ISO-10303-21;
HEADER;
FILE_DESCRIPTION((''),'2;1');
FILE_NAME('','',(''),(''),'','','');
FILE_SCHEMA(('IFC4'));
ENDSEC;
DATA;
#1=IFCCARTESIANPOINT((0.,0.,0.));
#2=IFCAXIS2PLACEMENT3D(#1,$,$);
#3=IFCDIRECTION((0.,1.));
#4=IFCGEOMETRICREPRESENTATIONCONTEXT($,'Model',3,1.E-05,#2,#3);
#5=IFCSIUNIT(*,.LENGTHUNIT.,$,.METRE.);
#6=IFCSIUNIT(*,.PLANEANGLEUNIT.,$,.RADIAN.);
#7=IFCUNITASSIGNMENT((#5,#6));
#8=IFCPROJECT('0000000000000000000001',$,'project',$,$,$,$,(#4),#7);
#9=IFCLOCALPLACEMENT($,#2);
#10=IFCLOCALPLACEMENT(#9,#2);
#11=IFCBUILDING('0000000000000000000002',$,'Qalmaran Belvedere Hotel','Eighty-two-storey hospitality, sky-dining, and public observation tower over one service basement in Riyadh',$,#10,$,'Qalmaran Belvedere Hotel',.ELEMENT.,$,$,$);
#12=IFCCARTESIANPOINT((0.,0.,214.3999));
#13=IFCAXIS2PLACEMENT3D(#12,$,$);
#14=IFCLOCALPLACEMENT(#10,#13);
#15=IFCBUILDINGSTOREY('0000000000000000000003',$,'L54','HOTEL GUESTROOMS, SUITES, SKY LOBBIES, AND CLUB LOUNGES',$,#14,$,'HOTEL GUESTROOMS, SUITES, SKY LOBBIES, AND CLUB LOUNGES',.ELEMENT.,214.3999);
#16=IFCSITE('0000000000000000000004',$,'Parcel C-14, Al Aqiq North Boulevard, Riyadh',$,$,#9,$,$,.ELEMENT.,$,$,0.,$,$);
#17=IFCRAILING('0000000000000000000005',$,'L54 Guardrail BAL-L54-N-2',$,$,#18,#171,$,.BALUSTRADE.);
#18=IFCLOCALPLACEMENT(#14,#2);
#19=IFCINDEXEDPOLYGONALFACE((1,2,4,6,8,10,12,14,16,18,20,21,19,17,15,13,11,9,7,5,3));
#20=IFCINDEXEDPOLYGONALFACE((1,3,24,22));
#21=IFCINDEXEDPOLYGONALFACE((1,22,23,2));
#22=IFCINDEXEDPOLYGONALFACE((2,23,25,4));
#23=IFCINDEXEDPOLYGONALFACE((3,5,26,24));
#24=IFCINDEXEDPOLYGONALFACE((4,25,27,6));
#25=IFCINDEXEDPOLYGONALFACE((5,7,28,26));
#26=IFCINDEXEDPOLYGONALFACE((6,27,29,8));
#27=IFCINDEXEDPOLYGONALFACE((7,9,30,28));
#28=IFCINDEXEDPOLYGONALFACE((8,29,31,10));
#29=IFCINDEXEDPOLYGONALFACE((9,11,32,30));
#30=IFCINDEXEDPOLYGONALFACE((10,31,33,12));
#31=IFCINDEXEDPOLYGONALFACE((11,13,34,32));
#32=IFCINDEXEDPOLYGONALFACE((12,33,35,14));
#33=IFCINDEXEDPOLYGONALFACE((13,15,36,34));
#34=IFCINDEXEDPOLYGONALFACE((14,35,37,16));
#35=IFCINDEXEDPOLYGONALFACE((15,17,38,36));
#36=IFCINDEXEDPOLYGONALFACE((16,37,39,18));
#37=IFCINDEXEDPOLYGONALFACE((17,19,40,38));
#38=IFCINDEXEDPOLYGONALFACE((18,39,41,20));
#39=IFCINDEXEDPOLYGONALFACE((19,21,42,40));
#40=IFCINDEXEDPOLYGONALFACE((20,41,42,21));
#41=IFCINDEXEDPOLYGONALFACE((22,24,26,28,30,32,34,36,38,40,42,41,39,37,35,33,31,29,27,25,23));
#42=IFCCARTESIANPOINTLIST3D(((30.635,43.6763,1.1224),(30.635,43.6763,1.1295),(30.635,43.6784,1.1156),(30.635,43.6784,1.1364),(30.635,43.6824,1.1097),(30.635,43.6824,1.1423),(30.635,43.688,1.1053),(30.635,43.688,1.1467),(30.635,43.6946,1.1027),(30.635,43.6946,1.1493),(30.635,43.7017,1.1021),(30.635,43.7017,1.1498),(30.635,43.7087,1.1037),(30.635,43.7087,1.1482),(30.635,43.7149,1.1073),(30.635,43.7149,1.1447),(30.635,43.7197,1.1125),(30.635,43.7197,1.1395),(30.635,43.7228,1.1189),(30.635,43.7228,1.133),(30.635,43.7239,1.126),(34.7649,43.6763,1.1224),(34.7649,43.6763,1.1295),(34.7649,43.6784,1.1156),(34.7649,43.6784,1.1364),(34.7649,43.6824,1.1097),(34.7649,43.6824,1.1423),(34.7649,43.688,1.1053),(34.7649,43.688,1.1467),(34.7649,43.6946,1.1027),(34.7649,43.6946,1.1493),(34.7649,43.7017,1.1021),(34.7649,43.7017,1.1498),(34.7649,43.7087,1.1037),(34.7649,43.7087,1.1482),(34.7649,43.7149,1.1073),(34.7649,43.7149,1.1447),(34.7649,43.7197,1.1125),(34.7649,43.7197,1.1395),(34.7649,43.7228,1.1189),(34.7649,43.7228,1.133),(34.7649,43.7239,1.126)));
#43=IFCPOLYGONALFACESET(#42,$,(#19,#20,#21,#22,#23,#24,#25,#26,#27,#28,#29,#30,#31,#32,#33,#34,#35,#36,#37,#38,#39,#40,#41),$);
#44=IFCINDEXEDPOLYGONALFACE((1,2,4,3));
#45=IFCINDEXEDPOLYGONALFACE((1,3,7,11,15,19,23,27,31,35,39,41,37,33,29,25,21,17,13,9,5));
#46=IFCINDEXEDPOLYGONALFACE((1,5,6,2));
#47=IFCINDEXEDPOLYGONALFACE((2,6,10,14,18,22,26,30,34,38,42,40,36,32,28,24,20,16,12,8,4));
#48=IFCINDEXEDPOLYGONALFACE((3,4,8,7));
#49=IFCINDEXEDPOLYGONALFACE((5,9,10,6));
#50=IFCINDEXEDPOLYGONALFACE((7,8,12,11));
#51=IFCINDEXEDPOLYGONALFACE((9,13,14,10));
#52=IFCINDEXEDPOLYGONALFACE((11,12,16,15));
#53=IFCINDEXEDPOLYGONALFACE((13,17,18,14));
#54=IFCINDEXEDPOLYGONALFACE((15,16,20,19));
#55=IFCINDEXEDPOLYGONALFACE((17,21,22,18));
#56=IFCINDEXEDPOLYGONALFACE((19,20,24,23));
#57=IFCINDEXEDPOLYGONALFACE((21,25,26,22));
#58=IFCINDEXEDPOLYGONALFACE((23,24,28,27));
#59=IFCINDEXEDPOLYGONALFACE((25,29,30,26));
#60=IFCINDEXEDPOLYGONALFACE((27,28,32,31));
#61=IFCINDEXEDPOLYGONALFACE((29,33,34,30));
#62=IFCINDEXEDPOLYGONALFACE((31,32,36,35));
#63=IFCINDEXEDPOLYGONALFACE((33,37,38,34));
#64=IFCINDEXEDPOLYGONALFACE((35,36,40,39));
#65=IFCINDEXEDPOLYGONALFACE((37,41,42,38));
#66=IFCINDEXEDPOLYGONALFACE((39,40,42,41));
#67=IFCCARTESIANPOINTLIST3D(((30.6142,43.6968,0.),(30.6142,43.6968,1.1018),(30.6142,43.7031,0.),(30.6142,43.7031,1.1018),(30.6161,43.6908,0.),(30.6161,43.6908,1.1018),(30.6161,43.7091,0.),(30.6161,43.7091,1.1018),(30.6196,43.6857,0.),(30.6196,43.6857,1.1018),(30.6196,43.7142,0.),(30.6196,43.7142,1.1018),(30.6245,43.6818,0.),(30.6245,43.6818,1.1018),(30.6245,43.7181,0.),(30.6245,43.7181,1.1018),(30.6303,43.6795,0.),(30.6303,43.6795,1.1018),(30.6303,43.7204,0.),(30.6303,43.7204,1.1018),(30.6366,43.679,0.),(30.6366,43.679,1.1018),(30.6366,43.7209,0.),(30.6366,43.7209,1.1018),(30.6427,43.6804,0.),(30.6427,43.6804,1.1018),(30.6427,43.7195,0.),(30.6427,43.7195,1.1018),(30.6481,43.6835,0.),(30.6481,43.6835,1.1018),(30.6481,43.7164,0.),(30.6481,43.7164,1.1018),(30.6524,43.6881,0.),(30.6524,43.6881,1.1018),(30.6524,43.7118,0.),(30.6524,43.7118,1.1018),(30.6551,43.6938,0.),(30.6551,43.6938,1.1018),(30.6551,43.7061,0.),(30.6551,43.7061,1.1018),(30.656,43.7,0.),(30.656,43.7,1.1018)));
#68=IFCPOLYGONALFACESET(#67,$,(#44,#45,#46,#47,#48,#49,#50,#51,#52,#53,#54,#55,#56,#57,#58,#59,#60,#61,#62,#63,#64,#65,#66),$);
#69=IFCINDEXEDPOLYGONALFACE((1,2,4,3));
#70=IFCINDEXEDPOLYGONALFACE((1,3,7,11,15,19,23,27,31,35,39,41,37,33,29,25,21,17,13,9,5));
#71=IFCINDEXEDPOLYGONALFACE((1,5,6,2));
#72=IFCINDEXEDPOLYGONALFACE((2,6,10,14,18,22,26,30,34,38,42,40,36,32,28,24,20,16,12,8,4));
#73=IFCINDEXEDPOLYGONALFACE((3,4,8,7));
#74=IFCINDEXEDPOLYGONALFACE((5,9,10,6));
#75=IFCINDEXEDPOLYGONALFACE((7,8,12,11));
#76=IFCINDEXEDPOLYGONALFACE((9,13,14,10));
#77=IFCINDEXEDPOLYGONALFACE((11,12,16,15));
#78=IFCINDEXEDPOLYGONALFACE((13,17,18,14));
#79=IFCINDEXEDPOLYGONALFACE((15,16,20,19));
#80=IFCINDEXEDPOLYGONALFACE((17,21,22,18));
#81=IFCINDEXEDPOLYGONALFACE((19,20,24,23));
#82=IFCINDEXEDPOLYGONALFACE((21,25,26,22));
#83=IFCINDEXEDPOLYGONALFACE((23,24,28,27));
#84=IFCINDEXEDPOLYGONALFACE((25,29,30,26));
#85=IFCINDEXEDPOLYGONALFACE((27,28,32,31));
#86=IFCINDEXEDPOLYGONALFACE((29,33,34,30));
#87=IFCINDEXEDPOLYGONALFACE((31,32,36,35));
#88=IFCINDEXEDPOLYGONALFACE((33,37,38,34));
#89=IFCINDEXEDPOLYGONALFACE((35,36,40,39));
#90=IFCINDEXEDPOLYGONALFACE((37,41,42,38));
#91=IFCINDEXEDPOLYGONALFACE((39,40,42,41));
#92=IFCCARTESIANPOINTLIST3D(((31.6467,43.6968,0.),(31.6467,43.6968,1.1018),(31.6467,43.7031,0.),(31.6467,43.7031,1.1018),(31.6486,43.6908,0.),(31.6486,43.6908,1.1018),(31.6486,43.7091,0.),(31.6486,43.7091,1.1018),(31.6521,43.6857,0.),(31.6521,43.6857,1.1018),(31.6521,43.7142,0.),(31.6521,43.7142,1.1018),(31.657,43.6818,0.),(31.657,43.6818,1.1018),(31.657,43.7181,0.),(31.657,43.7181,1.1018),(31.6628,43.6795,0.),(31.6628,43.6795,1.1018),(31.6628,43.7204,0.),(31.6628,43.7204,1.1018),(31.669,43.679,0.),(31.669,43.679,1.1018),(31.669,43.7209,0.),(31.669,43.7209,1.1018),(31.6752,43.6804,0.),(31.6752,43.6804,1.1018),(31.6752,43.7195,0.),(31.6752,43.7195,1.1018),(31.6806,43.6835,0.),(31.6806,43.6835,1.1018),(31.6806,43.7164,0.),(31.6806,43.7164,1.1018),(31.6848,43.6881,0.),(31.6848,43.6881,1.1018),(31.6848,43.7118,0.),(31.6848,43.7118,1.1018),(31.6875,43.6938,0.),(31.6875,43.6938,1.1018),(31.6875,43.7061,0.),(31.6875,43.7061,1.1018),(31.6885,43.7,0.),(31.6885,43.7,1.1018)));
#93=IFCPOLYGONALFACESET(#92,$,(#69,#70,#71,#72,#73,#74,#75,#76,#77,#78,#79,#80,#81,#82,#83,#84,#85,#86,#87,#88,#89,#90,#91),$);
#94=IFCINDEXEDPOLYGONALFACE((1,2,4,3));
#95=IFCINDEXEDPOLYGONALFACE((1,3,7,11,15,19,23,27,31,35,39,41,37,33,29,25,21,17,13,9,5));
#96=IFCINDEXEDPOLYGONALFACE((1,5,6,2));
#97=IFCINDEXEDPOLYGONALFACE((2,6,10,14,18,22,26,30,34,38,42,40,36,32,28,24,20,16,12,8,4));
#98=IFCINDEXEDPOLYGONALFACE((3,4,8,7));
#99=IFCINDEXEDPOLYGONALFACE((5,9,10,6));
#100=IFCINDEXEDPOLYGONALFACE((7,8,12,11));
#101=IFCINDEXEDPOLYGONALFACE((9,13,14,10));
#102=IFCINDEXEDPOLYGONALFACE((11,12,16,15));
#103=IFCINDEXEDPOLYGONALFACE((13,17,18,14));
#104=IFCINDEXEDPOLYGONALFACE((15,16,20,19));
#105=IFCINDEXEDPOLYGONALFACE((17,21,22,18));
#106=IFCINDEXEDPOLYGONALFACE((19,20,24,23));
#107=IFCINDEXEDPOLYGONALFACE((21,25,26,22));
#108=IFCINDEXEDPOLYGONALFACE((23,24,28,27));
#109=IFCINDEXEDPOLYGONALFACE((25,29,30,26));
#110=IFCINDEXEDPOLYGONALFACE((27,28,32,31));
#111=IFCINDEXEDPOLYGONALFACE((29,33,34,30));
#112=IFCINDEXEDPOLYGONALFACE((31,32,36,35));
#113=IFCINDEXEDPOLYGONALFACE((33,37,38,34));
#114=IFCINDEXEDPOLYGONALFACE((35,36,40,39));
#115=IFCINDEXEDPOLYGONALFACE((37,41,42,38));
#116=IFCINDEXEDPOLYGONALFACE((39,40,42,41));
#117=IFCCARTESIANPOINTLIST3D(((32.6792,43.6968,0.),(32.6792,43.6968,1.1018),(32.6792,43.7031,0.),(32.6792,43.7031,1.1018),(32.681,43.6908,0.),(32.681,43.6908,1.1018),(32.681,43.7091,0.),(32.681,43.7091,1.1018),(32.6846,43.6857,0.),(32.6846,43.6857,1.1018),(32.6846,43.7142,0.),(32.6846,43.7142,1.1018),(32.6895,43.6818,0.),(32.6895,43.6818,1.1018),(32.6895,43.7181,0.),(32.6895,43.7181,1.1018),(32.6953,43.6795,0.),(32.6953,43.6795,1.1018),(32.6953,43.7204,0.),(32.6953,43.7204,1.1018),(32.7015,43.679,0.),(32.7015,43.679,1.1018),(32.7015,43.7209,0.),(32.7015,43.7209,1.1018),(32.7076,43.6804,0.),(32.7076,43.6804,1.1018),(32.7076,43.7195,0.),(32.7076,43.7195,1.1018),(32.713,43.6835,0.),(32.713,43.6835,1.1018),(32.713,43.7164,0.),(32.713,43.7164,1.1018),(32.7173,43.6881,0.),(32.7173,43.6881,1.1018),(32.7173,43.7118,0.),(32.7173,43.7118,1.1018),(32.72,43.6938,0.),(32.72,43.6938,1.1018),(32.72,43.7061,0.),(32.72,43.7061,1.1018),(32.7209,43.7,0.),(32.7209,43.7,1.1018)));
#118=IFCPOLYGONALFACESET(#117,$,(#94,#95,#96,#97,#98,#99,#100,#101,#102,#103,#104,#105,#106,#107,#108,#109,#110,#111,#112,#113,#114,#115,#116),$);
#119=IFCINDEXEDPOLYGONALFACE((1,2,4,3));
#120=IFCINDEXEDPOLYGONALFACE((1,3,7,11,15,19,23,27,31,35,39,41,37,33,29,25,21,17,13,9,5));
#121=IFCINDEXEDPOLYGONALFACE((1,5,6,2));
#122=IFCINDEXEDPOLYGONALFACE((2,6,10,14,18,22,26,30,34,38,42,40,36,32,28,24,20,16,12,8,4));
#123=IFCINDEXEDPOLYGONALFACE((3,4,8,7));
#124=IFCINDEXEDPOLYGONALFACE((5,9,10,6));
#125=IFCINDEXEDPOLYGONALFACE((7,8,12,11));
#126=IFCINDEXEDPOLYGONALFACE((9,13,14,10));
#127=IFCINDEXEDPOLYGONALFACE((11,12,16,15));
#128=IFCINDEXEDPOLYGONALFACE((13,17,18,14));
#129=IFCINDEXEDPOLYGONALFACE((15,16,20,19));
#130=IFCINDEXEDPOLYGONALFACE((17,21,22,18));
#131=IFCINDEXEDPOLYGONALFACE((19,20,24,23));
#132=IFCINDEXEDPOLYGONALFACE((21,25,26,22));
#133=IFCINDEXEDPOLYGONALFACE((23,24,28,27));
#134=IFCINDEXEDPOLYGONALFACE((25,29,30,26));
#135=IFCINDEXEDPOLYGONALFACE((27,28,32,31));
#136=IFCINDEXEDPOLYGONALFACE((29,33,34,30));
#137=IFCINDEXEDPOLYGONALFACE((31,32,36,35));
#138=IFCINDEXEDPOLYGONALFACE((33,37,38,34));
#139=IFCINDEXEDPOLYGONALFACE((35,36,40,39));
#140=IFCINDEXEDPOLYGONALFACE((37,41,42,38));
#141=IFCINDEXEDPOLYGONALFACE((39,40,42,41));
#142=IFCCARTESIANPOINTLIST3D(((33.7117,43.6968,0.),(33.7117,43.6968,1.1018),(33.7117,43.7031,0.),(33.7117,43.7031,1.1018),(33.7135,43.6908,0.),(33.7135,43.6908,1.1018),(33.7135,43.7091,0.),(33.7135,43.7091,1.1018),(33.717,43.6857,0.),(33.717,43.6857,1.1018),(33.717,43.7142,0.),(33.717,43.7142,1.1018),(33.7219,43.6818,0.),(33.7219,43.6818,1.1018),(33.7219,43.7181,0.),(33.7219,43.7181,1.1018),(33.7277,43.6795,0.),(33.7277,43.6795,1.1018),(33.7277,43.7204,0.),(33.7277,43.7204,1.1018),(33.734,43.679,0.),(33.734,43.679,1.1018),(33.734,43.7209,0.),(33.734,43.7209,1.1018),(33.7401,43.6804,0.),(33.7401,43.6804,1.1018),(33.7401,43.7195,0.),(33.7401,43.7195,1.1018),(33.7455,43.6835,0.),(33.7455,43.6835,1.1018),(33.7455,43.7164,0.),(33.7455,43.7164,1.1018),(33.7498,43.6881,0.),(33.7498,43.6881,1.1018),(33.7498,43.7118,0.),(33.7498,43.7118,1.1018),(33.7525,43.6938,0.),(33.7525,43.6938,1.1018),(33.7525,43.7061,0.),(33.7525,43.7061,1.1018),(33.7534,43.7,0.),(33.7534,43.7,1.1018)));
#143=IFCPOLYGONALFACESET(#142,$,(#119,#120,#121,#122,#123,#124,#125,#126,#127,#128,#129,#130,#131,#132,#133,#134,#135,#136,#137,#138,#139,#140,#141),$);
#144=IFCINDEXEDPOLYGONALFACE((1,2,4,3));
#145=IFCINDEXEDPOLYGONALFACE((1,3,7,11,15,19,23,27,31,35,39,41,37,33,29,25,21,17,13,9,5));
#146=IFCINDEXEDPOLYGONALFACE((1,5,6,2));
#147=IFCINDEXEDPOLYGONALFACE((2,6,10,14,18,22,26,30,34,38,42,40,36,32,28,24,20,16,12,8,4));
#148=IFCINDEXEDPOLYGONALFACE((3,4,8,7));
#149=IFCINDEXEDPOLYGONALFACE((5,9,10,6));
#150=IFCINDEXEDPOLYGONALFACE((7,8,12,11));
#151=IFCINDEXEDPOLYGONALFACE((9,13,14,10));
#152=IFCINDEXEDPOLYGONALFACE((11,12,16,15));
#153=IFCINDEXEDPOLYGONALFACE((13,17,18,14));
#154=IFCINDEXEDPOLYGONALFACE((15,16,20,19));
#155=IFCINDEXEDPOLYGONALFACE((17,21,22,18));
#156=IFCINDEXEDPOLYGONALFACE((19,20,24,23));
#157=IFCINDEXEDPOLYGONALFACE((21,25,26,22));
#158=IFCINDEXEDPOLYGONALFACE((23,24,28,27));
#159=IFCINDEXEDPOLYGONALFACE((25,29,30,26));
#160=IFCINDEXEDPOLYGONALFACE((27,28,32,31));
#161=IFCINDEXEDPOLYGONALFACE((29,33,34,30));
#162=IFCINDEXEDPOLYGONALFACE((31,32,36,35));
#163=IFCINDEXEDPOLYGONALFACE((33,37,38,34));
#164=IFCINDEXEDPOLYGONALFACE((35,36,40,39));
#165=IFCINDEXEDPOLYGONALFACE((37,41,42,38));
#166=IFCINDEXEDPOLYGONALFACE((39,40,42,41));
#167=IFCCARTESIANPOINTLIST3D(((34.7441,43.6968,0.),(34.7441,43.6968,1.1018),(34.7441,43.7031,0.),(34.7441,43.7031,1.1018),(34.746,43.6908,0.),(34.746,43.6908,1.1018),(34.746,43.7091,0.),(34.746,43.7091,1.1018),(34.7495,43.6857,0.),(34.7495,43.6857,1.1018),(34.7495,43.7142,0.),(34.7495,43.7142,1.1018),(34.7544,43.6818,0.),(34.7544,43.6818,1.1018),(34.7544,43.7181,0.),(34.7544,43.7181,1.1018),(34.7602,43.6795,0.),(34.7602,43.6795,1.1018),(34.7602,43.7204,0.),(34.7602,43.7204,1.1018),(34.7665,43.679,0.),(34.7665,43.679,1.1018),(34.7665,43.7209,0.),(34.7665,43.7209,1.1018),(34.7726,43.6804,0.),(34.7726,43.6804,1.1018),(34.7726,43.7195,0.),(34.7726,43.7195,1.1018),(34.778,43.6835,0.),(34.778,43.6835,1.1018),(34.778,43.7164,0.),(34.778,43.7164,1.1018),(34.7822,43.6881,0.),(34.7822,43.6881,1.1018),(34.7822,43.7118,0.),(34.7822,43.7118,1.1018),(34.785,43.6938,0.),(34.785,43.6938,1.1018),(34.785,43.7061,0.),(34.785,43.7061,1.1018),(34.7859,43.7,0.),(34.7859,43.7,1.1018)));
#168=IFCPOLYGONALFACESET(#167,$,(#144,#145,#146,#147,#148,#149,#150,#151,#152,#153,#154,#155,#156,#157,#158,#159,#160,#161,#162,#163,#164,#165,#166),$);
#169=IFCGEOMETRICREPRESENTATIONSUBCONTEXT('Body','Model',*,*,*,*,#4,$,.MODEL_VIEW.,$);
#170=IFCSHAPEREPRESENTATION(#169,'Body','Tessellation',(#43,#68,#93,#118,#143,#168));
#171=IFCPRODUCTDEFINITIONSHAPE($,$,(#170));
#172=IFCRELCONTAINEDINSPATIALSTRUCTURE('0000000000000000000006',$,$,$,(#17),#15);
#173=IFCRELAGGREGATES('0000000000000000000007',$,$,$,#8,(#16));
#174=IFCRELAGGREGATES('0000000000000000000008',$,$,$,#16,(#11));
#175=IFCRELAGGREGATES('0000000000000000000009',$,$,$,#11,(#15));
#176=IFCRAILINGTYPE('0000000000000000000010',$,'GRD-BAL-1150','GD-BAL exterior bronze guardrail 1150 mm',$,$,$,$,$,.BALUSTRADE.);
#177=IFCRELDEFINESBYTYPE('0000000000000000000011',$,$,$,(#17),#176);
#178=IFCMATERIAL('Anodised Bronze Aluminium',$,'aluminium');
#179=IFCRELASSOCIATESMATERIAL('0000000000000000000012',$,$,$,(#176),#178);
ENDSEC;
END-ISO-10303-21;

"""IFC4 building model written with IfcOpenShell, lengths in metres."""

from ifc_helpers import new_model, si_unit, direction, frame, origin, origin_2d, place, context, subcontext, project, spatial, circle, extrude, material, type_object, element, save


model = new_model("IFC4")

# Units and contexts
model_context = context("Model", 3, precision=1e-05, world=origin(), true_north=direction((0.0, 1.0)))
body_context = subcontext(model_context, "Body", "Model", "MODEL_VIEW")
ifc_project = project(units=[si_unit("LENGTHUNIT", "METRE"), si_unit("PLANEANGLEUNIT", "RADIAN")], contexts=[model_context])

# Site, building, storey
site_placement = place(None, origin())
site = spatial("IfcSite", under=ifc_project, at=site_placement, Name="Parcel C-14, Al Aqiq North Boulevard, Riyadh", CompositionType="ELEMENT", RefElevation=0.0)
building_placement = place(site_placement, origin())
building = spatial("IfcBuilding", under=site, at=building_placement, Name="Qalmaran Belvedere Hotel", Description="Eighty-two-storey hospitality, sky-dining, and public observation tower over one service basement in Riyadh", LongName="Qalmaran Belvedere Hotel", CompositionType="ELEMENT")
storey_placement = place(building_placement, frame((0.0, 0.0, 214.3999)))
storey = spatial("IfcBuildingStorey", under=building, at=storey_placement, Name="L54", Description="HOTEL GUESTROOMS, SUITES, SKY LOBBIES, AND CLUB LOUNGES", LongName="HOTEL GUESTROOMS, SUITES, SKY LOBBIES, AND CLUB LOUNGES", CompositionType="ELEMENT", Elevation=214.3999)

# Shared definitions
ifc_material_1 = material(Name="Anodised Bronze Aluminium", Category="aluminium")

# Railing
railing_type = type_object("IfcRailingType", Name="GRD-BAL-1150", Description="GD-BAL exterior bronze guardrail 1150 mm", PredefinedType="BALUSTRADE", material=ifc_material_1)
railing_1_placement = place(storey_placement, frame((30.635, 43.7, 0.0)))
element("IfcRailing", 1, at=railing_1_placement, inside=storey, type_object=railing_type, Name="L54 Guardrail BAL-L54-N-2", PredefinedType="BALUSTRADE", context=body_context, shape_type="SweptSolid", body=[
    extrude(circle(Radius=0.0239, at=origin_2d()), frame((0.0, 0.0, 1.126), z_axis=(1.0, 0.0, 0.0), x_axis=(0.0, 1.0, 0.0)), (0.0, 0.0, 1.0), 4.1299),
    extrude(circle(Radius=0.021, at=origin_2d()), origin(), (0.0, 0.0, 1.0), 1.1018),
    extrude(circle(Radius=0.021, at=origin_2d()), frame((1.0325, 0.0, 0.0)), (0.0, 0.0, 1.0), 1.1018),
    extrude(circle(Radius=0.021, at=origin_2d()), frame((2.0649, 0.0, 0.0)), (0.0, 0.0, 1.0), 1.1018),
    extrude(circle(Radius=0.021, at=origin_2d()), frame((3.0974, 0.0, 0.0)), (0.0, 0.0, 1.0), 1.1018),
    extrude(circle(Radius=0.021, at=origin_2d()), frame((4.1299, 0.0, 0.0)), (0.0, 0.0, 1.0), 1.1018),
])

save(model, "model.ifc")
